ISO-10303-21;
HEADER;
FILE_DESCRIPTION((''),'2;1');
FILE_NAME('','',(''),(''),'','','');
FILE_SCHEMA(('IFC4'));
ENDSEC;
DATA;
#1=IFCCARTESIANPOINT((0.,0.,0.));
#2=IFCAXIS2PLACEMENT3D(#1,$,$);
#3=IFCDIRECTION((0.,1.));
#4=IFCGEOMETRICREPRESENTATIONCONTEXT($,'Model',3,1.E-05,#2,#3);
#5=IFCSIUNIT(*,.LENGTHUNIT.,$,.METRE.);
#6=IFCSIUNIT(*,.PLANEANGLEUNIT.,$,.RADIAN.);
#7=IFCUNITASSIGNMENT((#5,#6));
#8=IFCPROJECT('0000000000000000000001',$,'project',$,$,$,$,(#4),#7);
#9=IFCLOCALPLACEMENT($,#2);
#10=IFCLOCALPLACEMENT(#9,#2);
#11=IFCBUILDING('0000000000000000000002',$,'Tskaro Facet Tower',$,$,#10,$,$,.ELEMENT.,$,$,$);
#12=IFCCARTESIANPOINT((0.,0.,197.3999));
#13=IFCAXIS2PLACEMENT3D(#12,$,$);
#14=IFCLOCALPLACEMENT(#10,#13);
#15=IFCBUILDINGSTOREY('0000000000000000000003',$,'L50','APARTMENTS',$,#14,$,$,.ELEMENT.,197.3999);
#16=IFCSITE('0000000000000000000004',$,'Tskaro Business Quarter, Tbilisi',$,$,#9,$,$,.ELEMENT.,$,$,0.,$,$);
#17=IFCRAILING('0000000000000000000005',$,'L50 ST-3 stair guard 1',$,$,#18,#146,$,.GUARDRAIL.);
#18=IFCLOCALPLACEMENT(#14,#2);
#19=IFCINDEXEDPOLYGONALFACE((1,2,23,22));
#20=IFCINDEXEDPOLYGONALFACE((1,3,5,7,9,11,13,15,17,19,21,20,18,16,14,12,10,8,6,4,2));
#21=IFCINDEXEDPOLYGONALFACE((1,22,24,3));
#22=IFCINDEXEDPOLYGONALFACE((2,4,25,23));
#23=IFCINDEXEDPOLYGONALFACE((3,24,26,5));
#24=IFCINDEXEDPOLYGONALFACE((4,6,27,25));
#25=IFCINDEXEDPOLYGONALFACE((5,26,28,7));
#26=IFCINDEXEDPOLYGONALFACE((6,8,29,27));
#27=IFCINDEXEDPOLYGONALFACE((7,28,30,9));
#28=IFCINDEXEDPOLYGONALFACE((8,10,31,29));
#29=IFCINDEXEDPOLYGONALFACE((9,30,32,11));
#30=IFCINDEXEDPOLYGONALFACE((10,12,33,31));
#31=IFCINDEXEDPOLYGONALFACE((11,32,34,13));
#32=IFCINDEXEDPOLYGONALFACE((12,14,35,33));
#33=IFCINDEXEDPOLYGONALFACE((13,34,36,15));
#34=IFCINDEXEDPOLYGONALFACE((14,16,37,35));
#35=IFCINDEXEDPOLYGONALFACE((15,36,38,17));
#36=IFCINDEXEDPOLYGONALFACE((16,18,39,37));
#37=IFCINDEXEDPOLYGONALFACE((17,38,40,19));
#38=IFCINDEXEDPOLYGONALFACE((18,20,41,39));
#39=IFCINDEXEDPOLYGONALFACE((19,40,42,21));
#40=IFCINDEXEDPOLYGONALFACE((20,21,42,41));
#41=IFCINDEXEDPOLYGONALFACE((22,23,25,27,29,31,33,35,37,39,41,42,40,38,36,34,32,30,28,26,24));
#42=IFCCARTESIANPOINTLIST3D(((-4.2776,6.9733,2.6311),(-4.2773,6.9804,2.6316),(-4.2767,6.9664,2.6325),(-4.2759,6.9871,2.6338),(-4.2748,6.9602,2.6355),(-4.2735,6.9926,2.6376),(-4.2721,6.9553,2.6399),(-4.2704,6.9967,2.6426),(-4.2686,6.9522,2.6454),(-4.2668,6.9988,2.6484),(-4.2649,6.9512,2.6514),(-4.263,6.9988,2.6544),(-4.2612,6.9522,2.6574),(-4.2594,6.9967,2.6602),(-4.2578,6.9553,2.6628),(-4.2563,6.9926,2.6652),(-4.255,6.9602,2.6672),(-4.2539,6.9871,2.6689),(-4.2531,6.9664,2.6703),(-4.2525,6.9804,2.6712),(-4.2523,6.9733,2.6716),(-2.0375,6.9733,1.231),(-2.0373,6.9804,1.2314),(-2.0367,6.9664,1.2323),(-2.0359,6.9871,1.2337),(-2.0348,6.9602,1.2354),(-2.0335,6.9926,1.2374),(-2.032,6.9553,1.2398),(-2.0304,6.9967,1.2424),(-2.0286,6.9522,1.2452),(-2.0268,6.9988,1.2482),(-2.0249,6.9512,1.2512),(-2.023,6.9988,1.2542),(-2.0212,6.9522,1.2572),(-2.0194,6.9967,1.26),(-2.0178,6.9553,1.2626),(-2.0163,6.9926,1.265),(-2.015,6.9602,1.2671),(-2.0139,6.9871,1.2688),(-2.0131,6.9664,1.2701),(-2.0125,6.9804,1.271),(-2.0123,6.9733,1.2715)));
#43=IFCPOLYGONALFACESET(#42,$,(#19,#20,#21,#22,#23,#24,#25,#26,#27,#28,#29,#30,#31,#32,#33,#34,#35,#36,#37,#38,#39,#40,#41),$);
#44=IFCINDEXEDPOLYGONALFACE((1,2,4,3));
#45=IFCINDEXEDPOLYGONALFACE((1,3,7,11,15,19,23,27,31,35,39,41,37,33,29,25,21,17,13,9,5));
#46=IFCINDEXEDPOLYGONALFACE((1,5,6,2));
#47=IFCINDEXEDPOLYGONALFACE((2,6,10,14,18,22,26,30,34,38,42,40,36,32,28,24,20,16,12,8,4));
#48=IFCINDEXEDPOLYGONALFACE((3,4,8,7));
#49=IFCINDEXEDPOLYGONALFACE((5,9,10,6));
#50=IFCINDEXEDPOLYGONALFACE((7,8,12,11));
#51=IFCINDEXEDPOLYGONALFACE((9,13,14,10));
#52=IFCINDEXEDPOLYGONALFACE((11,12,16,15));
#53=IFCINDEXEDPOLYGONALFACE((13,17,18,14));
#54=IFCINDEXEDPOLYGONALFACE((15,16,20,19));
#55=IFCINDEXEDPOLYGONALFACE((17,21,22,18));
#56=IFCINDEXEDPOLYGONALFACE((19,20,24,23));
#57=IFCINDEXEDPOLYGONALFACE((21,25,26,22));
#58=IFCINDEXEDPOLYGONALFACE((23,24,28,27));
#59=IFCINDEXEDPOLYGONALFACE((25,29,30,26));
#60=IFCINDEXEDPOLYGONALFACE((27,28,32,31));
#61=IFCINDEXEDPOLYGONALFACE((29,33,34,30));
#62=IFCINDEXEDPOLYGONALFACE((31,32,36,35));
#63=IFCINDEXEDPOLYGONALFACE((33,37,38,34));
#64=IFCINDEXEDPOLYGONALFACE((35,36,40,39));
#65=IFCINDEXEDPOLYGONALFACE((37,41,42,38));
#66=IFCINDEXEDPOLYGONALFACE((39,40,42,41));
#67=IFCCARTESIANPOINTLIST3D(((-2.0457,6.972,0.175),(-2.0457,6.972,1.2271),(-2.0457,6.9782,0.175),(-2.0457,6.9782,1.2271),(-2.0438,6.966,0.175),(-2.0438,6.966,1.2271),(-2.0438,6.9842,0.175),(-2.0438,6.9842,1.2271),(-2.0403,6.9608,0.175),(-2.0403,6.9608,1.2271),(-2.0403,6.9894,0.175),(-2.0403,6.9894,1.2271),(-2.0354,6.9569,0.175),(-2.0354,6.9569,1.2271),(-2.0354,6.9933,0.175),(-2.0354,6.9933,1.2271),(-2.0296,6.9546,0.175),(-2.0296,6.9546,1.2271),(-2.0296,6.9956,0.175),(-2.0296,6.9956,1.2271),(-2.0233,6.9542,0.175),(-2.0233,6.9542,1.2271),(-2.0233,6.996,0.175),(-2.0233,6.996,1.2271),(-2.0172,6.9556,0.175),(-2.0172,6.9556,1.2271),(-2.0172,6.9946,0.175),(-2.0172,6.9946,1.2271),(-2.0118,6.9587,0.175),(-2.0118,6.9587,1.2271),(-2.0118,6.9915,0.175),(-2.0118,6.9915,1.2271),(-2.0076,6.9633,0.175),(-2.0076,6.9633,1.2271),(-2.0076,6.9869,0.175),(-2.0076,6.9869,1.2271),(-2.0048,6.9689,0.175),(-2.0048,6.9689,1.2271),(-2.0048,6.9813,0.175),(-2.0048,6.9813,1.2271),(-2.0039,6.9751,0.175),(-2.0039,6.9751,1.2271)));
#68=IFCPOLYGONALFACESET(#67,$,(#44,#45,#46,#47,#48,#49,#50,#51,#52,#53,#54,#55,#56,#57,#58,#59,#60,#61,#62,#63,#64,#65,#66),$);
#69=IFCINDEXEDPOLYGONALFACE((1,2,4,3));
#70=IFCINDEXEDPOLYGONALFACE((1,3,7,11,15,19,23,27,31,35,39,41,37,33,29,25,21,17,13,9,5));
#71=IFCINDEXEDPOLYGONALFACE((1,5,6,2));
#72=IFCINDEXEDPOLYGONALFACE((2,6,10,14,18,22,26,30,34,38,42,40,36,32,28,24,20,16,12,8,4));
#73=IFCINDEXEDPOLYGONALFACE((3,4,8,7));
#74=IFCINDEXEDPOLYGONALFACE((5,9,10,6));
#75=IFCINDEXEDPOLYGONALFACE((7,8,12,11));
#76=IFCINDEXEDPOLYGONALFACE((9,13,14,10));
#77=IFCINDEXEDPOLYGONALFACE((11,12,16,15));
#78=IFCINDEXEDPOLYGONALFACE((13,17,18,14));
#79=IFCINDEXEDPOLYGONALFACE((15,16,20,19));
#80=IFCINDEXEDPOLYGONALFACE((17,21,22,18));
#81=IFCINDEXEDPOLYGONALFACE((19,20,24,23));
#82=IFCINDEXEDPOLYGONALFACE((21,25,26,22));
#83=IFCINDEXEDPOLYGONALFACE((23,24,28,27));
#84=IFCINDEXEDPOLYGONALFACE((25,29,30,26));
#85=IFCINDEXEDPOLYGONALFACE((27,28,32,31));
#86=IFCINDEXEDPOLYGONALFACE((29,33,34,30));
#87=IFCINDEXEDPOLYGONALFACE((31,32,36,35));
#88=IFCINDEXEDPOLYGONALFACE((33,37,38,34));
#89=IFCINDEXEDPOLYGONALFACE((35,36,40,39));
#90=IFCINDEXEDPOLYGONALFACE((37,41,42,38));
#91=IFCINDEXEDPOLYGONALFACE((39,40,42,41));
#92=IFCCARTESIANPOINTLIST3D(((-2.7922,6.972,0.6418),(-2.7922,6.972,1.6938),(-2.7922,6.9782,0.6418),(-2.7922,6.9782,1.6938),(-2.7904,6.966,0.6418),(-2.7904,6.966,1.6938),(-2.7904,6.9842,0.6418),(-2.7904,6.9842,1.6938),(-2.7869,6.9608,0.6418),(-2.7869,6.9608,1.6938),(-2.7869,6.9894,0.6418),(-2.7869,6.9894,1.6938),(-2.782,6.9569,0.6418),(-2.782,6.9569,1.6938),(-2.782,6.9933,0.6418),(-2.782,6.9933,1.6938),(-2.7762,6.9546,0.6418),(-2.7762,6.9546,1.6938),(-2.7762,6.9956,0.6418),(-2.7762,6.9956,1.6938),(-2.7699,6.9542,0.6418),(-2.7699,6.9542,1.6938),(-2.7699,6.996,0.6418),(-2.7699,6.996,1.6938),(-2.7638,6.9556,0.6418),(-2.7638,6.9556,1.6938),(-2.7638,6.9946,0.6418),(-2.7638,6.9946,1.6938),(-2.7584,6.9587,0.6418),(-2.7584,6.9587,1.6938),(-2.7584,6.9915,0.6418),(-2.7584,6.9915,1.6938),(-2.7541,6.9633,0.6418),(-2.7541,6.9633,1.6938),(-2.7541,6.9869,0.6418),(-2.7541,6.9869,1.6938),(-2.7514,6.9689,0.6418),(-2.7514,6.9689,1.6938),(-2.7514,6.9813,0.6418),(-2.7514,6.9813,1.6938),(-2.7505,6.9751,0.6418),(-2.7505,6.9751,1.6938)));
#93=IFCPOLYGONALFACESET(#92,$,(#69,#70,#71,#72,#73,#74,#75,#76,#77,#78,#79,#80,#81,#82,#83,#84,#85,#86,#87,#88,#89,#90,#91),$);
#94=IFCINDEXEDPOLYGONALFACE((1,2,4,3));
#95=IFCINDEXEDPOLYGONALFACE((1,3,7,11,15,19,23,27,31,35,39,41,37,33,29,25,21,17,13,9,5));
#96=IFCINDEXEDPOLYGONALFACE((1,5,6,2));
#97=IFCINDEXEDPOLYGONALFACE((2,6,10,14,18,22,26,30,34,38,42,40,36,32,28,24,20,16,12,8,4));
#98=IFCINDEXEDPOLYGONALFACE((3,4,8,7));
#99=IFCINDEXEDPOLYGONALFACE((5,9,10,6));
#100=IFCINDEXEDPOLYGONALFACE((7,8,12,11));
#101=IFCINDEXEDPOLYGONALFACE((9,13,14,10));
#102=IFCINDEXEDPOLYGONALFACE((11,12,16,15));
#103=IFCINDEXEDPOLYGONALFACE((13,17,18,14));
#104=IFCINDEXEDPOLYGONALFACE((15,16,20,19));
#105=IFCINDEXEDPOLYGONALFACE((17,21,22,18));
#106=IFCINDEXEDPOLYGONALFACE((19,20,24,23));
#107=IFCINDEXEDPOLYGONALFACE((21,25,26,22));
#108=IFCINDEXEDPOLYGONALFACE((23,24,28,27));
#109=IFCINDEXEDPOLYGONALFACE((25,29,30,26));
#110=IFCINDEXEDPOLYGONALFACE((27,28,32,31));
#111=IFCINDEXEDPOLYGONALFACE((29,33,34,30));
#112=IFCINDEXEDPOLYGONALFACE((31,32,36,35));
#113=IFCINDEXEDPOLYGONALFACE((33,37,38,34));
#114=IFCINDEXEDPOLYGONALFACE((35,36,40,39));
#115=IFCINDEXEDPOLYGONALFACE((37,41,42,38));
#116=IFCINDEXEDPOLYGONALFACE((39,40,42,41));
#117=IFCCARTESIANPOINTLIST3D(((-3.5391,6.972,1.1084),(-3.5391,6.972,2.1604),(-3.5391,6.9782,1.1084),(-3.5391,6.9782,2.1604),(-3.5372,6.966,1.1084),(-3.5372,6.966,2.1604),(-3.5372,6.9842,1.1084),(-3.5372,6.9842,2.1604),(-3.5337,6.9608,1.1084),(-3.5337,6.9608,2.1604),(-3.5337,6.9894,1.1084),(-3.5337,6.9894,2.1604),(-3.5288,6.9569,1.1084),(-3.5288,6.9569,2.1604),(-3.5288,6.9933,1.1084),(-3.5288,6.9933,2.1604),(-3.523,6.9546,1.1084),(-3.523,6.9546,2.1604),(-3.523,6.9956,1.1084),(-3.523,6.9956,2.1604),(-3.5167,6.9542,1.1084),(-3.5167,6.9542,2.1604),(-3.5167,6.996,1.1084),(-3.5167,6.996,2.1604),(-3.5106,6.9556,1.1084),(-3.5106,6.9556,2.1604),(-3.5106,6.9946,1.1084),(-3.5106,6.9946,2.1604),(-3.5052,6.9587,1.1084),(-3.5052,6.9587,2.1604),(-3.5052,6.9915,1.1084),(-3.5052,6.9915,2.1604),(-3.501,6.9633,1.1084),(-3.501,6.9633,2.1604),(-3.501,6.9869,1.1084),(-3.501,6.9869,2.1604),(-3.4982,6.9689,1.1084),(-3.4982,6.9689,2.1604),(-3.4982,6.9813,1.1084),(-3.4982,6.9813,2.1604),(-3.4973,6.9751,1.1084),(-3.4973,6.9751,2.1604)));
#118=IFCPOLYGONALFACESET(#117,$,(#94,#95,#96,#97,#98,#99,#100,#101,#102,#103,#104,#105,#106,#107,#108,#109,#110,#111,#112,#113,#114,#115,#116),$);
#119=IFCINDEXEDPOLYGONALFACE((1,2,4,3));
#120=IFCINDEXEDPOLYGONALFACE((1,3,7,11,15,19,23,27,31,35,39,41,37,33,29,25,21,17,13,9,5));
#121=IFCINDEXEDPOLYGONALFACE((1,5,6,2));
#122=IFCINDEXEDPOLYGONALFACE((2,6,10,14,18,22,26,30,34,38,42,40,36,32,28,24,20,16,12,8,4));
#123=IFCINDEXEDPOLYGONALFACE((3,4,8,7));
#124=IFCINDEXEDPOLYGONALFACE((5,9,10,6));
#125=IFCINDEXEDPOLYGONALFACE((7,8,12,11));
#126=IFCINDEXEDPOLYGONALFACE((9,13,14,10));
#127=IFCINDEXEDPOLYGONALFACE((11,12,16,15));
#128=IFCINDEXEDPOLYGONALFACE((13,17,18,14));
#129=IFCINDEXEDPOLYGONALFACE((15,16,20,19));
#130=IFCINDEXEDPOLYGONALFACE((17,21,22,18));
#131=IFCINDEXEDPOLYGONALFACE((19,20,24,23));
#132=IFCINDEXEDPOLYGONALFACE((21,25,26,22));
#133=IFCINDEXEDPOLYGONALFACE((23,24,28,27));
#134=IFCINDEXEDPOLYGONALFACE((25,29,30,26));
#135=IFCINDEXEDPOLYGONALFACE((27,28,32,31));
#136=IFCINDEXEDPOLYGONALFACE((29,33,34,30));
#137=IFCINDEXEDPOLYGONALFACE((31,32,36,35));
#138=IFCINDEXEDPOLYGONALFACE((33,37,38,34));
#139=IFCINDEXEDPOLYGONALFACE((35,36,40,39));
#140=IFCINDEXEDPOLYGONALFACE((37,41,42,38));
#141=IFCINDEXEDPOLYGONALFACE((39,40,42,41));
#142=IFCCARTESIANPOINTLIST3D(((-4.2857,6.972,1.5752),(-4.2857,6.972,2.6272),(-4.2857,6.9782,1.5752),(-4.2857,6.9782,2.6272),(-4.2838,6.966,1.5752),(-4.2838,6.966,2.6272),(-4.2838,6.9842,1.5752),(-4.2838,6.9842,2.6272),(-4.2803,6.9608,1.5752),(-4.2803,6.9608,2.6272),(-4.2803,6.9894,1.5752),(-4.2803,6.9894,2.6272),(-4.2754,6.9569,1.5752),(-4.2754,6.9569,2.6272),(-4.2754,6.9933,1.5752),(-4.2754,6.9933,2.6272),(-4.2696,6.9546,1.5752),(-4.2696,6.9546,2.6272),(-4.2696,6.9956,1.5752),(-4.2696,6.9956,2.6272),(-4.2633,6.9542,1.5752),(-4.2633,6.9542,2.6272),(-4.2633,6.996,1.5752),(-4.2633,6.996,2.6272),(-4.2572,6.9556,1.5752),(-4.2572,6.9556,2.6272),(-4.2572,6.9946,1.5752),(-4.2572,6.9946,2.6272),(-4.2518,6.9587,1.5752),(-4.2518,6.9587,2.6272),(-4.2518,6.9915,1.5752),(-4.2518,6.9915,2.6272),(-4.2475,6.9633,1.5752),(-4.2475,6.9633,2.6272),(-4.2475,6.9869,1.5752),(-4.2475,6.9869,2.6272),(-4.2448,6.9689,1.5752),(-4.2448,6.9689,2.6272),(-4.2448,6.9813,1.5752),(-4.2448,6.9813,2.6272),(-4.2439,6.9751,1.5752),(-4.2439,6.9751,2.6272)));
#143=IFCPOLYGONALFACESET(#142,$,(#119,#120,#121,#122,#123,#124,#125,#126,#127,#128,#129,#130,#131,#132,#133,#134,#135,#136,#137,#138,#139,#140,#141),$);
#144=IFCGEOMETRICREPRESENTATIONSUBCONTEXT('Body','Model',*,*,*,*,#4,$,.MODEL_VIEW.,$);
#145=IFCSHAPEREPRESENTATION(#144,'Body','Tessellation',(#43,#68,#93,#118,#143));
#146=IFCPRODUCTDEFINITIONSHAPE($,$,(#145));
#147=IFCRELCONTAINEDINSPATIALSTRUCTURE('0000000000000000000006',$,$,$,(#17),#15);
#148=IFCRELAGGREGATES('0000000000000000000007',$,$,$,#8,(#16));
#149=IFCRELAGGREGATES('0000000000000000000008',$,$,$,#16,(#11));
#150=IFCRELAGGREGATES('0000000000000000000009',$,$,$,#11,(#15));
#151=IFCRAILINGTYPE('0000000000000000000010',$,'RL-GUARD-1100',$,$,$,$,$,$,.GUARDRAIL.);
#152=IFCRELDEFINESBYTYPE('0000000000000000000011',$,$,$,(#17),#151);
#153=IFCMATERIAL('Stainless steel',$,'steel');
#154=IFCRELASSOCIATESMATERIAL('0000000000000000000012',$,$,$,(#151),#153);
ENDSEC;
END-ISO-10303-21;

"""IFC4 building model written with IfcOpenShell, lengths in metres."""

from ifc_helpers import new_model, si_unit, direction, frame, origin, origin_2d, place, context, subcontext, project, spatial, circle, extrude, material, type_object, element, save


model = new_model("IFC4")

# Units and contexts
model_context = context("Model", 3, precision=1e-05, world=origin(), true_north=direction((0.0, 1.0)))
body_context = subcontext(model_context, "Body", "Model", "MODEL_VIEW")
ifc_project = project(units=[si_unit("LENGTHUNIT", "METRE"), si_unit("PLANEANGLEUNIT", "RADIAN")], contexts=[model_context])

# Site, building, storey
site_placement = place(None, origin())
site = spatial("IfcSite", under=ifc_project, at=site_placement, Name="Tskaro Business Quarter, Tbilisi", CompositionType="ELEMENT", RefElevation=0.0)
building_placement = place(site_placement, origin())
building = spatial("IfcBuilding", under=site, at=building_placement, Name="Tskaro Facet Tower", CompositionType="ELEMENT")
storey_placement = place(building_placement, frame((0.0, 0.0, 197.3999)))
storey = spatial("IfcBuildingStorey", under=building, at=storey_placement, Name="L50", Description="APARTMENTS", CompositionType="ELEMENT", Elevation=197.3999)

# Railing
ifc_material_1 = material(Name="Stainless steel", Category="steel")
railing_type_1 = type_object("IfcRailingType", Name="RL-GUARD-1100", PredefinedType="GUARDRAIL", material=ifc_material_1)
railing_1_placement = place(storey_placement, frame((-2.0249, 6.9751, 0.175)))
element("IfcRailing", 1, at=railing_1_placement, inside=storey, type_object=railing_type_1, Name="L50 ST-3 stair guard 1", PredefinedType="GUARDRAIL", context=body_context, shape_type="SweptSolid", body=[
    extrude(circle(Radius=0.0239, at=origin_2d()), frame((0.0, 0.0, 1.0762), z_axis=(-0.847972, 0.0, 0.53004), x_axis=(0.0, -1.0, 0.0)), (0.0, 0.0, 1.0), 2.6416),
    extrude(circle(Radius=0.021, at=origin_2d()), origin(), (0.0, 0.0, 1.0), 1.052),
    extrude(circle(Radius=0.021, at=origin_2d()), frame((-0.7466, 0.0, 0.4668)), (0.0, 0.0, 1.0), 1.052),
    extrude(circle(Radius=0.021, at=origin_2d()), frame((-1.4934, 0.0, 0.9333)), (0.0, 0.0, 1.0), 1.052),
    extrude(circle(Radius=0.021, at=origin_2d()), frame((-2.24, 0.0, 1.4001)), (0.0, 0.0, 1.0), 1.052),
])

save(model, "model.ifc")
